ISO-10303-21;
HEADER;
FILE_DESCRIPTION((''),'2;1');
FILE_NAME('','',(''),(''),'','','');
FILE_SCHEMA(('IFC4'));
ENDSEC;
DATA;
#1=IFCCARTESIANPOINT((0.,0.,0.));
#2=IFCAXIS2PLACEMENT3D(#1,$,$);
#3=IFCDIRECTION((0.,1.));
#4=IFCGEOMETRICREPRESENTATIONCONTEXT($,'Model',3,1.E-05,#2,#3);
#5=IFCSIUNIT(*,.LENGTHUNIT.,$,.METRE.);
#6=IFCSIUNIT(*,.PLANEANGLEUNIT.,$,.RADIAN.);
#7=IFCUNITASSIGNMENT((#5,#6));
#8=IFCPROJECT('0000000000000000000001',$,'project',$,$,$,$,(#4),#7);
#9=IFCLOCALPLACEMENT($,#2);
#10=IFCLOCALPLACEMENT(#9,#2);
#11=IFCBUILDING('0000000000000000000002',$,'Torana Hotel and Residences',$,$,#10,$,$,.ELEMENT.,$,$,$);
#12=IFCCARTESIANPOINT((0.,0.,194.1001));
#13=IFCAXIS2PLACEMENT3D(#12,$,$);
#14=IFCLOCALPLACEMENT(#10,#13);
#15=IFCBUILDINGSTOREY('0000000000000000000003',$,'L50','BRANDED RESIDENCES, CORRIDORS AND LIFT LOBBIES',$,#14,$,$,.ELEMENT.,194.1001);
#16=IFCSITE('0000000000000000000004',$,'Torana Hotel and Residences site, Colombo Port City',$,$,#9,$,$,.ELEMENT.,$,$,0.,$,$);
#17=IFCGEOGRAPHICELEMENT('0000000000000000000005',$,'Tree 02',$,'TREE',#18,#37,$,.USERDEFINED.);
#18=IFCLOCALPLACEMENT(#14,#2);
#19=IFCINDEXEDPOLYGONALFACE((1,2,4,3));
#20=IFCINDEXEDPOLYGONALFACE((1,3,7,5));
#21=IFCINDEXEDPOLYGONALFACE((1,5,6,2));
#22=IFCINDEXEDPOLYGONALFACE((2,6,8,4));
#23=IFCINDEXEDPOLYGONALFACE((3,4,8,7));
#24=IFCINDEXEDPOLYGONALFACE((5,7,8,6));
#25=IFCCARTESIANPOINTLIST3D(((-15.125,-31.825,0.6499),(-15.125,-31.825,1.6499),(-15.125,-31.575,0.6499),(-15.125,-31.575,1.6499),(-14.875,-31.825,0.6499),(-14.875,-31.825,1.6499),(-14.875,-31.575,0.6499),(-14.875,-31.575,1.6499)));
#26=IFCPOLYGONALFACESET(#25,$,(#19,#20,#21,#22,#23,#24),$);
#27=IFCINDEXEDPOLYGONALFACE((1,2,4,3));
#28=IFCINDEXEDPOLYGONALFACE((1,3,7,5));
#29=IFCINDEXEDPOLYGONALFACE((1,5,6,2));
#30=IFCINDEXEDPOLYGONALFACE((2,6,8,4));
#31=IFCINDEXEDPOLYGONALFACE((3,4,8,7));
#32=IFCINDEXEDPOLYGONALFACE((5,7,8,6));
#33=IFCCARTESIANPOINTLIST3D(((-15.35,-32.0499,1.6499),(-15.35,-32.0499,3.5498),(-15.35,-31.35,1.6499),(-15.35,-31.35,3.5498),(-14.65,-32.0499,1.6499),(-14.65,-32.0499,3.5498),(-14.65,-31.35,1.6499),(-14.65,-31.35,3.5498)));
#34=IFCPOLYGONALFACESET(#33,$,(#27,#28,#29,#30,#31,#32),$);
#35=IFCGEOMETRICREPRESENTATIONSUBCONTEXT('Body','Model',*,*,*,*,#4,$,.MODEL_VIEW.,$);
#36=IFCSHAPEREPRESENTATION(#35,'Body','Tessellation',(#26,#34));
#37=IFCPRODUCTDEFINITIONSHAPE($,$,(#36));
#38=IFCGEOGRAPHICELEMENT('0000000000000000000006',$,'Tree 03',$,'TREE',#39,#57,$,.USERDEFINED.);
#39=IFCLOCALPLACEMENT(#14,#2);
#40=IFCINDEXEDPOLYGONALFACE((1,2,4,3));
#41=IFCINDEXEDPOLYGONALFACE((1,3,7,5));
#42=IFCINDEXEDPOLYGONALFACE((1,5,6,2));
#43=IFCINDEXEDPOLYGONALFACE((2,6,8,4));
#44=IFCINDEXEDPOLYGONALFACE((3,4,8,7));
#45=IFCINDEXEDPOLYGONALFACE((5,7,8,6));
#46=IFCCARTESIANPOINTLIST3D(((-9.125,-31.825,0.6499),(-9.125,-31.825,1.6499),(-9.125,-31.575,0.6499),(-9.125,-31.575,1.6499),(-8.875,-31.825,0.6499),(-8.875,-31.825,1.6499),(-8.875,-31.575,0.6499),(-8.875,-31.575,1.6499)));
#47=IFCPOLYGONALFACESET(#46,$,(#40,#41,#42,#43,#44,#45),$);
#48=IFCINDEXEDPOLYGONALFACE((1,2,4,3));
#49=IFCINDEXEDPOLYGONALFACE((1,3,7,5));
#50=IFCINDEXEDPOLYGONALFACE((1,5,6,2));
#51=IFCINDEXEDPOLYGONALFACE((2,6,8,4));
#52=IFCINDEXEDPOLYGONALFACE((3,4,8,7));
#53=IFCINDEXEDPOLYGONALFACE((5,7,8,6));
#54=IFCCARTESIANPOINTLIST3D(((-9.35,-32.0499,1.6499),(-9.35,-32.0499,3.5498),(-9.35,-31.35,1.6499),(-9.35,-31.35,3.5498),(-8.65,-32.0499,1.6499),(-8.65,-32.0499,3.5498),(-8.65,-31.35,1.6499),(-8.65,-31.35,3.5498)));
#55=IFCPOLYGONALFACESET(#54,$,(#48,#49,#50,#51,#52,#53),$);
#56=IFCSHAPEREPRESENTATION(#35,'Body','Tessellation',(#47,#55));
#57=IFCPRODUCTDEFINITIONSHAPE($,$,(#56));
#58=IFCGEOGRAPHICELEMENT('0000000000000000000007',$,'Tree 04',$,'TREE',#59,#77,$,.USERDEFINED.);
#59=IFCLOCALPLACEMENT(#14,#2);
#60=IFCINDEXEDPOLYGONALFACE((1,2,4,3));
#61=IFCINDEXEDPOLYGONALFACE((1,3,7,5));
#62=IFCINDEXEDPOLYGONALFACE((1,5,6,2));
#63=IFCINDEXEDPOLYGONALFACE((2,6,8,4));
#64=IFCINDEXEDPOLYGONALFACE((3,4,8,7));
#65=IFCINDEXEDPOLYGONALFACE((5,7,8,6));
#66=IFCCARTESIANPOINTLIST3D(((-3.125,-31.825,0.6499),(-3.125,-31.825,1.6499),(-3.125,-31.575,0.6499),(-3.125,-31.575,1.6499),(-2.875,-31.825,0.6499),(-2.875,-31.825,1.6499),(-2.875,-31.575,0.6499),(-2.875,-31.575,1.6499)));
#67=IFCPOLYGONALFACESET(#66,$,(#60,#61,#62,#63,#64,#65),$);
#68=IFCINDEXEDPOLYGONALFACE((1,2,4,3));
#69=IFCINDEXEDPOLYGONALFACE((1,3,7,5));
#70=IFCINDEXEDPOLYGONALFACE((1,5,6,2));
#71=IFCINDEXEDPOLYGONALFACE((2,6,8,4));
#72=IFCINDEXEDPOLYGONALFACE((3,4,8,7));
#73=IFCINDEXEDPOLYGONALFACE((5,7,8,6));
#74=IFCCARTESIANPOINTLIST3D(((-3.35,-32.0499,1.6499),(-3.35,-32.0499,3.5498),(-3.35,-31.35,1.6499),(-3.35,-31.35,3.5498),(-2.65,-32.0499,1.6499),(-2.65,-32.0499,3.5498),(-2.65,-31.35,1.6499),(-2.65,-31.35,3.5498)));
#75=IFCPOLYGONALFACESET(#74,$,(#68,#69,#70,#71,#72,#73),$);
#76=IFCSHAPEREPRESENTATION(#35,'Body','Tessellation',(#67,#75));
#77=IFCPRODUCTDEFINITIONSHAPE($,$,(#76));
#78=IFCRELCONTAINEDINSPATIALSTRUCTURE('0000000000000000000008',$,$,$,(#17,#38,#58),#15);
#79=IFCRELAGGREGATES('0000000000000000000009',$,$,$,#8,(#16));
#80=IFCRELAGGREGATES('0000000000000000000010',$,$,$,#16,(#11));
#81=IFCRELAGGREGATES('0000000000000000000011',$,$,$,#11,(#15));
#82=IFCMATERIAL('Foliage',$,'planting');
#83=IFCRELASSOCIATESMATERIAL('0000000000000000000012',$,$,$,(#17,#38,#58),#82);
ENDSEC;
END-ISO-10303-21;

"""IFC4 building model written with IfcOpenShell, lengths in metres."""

from ifc_helpers import new_model, si_unit, direction, frame, origin, origin_2d, place, context, subcontext, project, spatial, rectangle, extrude, material, element, save


model = new_model("IFC4")

# Units and contexts
model_context = context("Model", 3, precision=1e-05, world=origin(), true_north=direction((0.0, 1.0)))
body_context = subcontext(model_context, "Body", "Model", "MODEL_VIEW")
ifc_project = project(units=[si_unit("LENGTHUNIT", "METRE"), si_unit("PLANEANGLEUNIT", "RADIAN")], contexts=[model_context])

# Site, building, storey
site_placement = place(None, origin())
site = spatial("IfcSite", under=ifc_project, at=site_placement, Name="Torana Hotel and Residences site, Colombo Port City", CompositionType="ELEMENT", RefElevation=0.0)
building_placement = place(site_placement, origin())
building = spatial("IfcBuilding", under=site, at=building_placement, Name="Torana Hotel and Residences", CompositionType="ELEMENT")
storey_placement = place(building_placement, frame((0.0, 0.0, 194.1001)))
storey = spatial("IfcBuildingStorey", under=building, at=storey_placement, Name="L50", Description="BRANDED RESIDENCES, CORRIDORS AND LIFT LOBBIES", CompositionType="ELEMENT", Elevation=194.1001)

# Geographic elements
ifc_material_1 = material(Name="Foliage", Category="planting")
for number, where, z_axis, x_axis, name in (
    (1, (-15.0, -31.7, 0.6499), (0.0, 0.0, 1.0), (1.0, 0.0, 0.0), "Tree 02"),
    (2, (-9.0, -31.7, 0.6499), (0.0, 0.0, 1.0), (1.0, 0.0, 0.0), "Tree 03"),
    (3, (-3.0, -31.7, 0.6499), (0.0, 0.0, 1.0), (1.0, 0.0, 0.0), "Tree 04"),
):
    element("IfcGeographicElement", number, at=place(storey_placement, frame(where, z_axis=z_axis, x_axis=x_axis)), inside=storey, material=ifc_material_1, Name=name, ObjectType="TREE", PredefinedType="USERDEFINED", context=body_context, shape_type="SweptSolid", body=[
        extrude(rectangle(XDim=0.25, YDim=0.25, at=origin_2d()), origin(), (0.0, 0.0, 1.0), 1.0),
        extrude(rectangle(XDim=0.7, YDim=0.7, at=origin_2d()), frame((0.0, 0.0, 1.0)), (0.0, 0.0, 1.0), 1.8999),
    ])

save(model, "model.ifc")
